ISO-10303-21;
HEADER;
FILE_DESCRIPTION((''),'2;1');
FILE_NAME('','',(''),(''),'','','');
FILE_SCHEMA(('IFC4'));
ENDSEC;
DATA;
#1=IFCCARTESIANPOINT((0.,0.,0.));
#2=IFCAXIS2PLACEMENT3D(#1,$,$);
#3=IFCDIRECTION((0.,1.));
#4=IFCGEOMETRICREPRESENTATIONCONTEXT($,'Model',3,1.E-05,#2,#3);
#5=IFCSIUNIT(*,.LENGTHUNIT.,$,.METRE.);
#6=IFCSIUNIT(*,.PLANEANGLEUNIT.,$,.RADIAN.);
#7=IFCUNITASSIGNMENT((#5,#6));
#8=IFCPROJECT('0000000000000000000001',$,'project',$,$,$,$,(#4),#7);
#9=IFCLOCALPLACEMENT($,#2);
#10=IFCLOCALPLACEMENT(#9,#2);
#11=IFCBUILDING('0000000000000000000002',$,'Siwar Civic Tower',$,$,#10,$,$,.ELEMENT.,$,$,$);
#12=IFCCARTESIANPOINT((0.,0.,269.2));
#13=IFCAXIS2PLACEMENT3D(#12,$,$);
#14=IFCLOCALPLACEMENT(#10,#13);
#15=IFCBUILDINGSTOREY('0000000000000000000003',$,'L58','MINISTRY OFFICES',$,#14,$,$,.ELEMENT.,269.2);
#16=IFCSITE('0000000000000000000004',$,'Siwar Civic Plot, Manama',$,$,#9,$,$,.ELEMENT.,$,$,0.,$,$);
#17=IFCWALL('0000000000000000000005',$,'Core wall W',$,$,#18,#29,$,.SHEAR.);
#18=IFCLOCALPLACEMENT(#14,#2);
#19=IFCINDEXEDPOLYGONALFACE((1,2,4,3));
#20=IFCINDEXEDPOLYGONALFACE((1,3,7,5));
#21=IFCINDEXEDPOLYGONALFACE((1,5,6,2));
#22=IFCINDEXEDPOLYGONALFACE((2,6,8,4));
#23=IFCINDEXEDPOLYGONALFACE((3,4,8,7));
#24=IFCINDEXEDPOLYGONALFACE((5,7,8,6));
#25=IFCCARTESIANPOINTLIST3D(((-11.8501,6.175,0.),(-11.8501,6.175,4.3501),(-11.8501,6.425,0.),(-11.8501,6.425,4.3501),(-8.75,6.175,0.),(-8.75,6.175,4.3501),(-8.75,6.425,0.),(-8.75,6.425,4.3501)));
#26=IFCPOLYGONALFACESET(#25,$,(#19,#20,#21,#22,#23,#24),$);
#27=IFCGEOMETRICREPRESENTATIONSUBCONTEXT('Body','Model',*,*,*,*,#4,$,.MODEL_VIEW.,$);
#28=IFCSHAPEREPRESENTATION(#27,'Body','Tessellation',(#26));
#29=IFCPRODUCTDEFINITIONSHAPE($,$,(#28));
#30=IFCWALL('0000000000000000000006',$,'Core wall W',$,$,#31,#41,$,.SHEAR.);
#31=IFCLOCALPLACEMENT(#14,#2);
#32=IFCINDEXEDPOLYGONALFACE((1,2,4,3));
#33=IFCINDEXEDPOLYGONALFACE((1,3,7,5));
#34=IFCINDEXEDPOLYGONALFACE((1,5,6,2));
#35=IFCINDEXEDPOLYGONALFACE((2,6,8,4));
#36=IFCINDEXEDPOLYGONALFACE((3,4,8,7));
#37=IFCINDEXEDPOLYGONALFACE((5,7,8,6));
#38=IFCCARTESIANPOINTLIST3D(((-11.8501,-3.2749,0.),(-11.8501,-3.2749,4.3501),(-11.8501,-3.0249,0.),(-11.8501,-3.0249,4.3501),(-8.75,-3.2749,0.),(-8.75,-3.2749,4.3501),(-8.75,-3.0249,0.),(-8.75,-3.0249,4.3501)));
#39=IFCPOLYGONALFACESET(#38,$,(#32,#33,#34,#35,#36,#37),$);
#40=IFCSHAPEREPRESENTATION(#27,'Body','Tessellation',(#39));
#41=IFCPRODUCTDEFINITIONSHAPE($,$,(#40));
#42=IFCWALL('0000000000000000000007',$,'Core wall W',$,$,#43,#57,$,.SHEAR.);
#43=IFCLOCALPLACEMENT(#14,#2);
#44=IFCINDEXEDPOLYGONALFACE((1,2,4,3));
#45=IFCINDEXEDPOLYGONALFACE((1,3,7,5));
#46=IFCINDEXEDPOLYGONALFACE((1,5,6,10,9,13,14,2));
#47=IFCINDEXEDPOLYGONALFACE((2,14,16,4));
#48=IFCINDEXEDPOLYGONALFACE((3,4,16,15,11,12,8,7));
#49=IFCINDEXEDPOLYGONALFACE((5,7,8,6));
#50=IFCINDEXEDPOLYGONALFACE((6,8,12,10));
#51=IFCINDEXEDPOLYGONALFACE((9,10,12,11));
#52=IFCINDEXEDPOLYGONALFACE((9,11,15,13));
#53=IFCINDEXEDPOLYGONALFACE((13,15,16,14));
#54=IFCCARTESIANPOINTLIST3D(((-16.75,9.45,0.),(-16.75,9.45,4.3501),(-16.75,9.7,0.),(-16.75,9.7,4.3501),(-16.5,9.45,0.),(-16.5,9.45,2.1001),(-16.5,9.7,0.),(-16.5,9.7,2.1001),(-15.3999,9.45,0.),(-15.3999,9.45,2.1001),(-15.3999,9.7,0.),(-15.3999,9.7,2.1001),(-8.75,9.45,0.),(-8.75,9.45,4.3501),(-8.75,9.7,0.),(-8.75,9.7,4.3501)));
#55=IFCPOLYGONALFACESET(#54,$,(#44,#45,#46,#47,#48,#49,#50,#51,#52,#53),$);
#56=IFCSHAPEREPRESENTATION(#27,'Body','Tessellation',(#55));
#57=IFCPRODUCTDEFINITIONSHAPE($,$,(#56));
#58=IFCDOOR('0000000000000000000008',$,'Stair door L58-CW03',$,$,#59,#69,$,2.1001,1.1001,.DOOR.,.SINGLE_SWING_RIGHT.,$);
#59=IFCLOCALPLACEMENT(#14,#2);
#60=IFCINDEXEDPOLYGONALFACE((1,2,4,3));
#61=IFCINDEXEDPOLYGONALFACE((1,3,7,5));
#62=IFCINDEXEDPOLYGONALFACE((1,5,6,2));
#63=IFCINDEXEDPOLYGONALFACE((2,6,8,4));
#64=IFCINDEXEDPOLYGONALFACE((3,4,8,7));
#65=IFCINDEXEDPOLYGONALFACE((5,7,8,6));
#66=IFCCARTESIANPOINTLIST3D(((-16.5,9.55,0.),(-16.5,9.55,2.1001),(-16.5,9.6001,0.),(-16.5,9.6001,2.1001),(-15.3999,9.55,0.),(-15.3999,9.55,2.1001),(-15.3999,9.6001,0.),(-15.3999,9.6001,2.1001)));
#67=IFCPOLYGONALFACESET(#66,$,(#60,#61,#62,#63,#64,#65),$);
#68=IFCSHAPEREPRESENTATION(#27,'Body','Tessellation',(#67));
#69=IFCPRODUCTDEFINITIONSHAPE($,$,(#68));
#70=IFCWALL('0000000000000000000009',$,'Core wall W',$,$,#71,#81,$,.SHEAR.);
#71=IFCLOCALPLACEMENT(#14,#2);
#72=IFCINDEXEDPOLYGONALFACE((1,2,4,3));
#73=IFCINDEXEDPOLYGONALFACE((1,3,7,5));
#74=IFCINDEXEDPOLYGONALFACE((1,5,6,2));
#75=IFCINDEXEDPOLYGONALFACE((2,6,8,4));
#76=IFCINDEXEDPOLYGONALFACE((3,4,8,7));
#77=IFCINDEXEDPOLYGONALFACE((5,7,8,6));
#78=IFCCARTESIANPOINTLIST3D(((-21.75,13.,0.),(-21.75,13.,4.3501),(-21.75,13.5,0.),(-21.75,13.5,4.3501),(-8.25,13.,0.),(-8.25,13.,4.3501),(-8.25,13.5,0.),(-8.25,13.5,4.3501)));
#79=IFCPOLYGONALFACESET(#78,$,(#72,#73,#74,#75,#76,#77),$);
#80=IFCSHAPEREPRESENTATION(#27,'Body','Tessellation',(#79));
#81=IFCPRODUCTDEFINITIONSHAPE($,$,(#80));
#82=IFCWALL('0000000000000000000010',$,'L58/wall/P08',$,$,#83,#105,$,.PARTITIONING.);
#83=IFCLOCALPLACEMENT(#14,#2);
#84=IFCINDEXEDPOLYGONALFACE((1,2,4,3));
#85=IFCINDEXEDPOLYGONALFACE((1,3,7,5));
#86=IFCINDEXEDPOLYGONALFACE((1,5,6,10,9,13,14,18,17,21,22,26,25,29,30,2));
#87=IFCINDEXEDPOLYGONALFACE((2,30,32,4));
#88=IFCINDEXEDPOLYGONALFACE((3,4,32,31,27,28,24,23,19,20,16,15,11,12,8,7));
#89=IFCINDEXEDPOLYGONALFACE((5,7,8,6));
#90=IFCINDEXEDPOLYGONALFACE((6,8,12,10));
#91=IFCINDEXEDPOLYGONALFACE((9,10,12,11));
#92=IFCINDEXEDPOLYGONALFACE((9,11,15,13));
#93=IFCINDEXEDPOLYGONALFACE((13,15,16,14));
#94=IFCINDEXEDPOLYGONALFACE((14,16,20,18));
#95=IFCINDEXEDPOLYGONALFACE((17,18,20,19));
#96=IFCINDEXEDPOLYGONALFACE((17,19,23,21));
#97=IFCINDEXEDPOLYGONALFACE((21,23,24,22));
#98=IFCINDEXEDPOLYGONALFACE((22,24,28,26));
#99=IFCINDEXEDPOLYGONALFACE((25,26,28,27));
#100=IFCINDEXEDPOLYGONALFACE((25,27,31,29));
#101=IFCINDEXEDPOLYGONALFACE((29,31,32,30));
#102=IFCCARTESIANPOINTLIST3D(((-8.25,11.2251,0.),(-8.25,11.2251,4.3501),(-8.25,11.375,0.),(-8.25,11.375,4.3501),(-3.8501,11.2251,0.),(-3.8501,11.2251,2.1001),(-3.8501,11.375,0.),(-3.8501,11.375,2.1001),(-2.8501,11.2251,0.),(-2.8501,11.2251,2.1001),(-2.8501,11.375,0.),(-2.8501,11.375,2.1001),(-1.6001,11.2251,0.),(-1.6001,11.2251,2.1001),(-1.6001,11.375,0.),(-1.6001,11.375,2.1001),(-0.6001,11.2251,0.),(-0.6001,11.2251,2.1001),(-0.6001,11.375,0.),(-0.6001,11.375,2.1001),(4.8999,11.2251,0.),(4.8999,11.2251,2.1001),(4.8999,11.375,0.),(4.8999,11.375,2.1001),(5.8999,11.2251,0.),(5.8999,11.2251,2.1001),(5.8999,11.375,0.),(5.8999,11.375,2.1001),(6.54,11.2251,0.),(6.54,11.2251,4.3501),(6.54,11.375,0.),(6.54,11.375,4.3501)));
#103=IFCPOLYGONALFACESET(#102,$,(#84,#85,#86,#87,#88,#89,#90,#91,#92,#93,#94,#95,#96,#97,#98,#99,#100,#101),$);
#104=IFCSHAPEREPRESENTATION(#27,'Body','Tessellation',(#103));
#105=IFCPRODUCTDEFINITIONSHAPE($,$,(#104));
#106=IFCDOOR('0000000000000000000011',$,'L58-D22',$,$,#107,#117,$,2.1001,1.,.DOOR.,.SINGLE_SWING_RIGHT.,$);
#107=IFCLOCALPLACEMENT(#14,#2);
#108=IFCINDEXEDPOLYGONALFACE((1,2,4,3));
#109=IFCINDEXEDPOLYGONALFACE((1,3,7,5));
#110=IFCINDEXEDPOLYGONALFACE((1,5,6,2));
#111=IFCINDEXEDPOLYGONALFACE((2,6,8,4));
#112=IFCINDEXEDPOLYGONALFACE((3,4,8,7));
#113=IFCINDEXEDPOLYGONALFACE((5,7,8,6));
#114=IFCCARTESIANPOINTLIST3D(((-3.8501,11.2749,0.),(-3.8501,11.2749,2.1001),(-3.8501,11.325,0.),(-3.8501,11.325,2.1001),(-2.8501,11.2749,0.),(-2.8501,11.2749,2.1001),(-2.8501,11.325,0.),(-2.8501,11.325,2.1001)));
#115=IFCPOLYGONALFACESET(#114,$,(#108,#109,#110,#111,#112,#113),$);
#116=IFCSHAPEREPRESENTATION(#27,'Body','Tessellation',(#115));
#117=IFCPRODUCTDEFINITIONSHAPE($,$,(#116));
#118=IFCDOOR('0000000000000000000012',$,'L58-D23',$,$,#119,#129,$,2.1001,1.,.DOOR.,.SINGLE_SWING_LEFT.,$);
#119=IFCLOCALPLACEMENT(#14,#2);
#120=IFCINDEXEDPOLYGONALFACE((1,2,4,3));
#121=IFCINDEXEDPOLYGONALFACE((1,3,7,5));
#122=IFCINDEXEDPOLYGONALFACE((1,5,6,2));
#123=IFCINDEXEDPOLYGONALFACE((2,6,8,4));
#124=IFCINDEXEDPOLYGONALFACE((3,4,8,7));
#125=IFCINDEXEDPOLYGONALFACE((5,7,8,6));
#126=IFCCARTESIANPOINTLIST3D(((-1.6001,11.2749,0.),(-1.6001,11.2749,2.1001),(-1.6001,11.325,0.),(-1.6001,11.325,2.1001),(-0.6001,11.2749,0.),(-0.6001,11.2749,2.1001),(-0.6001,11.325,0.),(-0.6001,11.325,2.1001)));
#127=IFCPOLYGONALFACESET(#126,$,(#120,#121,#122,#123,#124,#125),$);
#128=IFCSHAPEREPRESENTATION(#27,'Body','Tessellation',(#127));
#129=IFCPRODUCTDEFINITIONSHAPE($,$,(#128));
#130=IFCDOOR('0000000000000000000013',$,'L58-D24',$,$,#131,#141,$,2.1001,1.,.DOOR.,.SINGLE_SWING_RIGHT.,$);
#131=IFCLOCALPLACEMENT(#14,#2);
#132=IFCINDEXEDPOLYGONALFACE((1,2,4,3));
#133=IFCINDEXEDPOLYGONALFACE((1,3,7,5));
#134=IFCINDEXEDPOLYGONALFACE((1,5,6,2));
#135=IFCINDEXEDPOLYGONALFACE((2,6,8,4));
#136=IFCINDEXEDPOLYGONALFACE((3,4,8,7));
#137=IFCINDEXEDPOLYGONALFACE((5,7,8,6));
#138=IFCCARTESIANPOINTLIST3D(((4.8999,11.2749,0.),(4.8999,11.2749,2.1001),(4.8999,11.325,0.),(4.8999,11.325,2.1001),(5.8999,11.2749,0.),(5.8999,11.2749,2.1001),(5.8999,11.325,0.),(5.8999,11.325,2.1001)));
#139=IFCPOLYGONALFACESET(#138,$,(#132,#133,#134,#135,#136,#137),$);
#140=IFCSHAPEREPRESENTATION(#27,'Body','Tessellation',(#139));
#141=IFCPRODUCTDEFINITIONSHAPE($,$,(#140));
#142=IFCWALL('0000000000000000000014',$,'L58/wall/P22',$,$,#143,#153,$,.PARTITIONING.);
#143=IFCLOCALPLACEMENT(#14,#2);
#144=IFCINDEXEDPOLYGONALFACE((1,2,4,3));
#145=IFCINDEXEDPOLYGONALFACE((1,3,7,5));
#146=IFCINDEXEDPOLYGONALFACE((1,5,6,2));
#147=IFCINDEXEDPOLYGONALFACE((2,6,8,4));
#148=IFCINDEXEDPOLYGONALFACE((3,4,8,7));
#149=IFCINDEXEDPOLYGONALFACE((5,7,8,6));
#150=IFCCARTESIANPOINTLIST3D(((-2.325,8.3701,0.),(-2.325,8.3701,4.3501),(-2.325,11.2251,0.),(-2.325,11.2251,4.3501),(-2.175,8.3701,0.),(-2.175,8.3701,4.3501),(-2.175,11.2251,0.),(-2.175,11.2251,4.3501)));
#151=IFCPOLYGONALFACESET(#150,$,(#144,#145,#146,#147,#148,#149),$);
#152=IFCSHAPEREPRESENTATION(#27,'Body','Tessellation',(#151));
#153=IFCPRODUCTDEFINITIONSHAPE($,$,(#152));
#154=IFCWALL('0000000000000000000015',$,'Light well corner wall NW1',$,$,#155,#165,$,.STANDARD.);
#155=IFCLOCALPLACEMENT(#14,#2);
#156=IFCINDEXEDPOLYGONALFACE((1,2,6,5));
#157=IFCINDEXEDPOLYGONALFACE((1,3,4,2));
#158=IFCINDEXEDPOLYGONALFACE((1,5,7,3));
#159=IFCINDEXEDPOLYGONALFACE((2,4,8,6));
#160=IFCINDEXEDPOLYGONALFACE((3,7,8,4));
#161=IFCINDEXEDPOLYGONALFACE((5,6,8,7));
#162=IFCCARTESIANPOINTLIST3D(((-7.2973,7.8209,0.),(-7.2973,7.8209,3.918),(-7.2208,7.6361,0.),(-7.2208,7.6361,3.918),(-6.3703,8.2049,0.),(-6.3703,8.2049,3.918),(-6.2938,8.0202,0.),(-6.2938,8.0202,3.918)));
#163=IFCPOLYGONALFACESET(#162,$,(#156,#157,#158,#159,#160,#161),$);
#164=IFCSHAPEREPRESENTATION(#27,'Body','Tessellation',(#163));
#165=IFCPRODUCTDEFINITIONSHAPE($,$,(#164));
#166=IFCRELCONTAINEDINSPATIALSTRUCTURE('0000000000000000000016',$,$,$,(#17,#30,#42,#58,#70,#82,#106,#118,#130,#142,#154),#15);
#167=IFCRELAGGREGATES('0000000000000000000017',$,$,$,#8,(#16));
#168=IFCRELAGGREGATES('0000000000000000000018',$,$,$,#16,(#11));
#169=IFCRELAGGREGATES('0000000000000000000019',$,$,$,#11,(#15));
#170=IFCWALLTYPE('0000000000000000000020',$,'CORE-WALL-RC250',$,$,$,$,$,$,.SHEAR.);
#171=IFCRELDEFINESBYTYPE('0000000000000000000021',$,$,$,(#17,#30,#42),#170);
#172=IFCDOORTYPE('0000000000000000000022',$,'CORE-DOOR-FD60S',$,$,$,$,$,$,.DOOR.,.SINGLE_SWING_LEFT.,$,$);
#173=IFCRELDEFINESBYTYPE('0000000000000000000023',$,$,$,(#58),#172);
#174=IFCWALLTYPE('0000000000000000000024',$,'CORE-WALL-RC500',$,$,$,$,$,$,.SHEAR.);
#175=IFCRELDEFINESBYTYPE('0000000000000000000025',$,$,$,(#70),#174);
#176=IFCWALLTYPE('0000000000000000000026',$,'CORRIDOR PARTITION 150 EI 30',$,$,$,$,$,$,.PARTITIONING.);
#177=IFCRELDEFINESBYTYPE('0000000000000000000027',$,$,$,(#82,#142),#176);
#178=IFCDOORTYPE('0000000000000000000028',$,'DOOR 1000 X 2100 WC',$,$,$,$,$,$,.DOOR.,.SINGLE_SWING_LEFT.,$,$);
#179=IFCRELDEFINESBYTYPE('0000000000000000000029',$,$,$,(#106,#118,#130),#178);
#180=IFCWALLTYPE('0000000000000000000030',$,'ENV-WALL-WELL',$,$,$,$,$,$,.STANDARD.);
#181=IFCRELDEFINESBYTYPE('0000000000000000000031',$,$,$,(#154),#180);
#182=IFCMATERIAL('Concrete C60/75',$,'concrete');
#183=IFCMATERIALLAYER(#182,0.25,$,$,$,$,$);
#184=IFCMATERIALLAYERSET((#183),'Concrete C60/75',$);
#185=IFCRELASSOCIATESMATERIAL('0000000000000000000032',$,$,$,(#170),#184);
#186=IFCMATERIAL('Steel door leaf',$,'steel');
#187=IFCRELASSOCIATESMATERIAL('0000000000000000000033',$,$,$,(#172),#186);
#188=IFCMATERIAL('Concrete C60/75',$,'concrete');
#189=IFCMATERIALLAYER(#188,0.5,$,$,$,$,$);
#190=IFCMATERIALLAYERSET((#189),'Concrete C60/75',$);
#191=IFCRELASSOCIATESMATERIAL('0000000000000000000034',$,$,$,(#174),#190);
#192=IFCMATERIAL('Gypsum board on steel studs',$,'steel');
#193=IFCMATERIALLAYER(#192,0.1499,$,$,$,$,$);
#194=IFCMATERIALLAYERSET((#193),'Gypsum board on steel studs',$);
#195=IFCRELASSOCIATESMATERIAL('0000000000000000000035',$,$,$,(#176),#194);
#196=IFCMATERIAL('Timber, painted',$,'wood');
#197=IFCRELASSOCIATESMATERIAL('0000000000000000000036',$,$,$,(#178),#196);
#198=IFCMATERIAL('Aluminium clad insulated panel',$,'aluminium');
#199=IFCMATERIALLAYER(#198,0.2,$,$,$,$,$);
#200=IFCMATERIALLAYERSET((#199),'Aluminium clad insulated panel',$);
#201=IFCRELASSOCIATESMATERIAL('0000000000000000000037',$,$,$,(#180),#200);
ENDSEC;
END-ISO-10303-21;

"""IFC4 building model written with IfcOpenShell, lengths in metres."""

from ifc_helpers import new_model, si_unit, direction, frame, frame_2d, origin, place, context, subcontext, project, spatial, rectangle, extrude, material, layer, layer_set, type_object, element, fill, save


model = new_model("IFC4")

# Units and contexts
model_context = context("Model", 3, precision=1e-05, world=origin(), true_north=direction((0.0, 1.0)))
body_context = subcontext(model_context, "Body", "Model", "MODEL_VIEW")
ifc_project = project(units=[si_unit("LENGTHUNIT", "METRE"), si_unit("PLANEANGLEUNIT", "RADIAN")], contexts=[model_context])

# Site, building, storey
site_placement = place(None, origin())
site = spatial("IfcSite", under=ifc_project, at=site_placement, Name="Siwar Civic Plot, Manama", CompositionType="ELEMENT", RefElevation=0.0)
building_placement = place(site_placement, origin())
building = spatial("IfcBuilding", under=site, at=building_placement, Name="Siwar Civic Tower", CompositionType="ELEMENT")
storey_placement = place(building_placement, frame((0.0, 0.0, 269.2)))
storey = spatial("IfcBuildingStorey", under=building, at=storey_placement, Name="L58", Description="MINISTRY OFFICES", CompositionType="ELEMENT", Elevation=269.2)

# Shared definitions
ifc_material_1 = material(Name="Concrete C60/75", Category="concrete")
ifc_layer_1 = layer(ifc_material_1, 0.25)
ifc_layer_set_1 = layer_set([ifc_layer_1], Name="Concrete C60/75")
wall_type_1 = type_object("IfcWallType", Name="CORE-WALL-RC250", PredefinedType="SHEAR", material=ifc_layer_set_1)

# Walls
for number, where, z_axis, x_axis, name in (
    (1, (-8.75, 6.3, 0.0), (0.0, 0.0, 1.0), (-1.0, 0.0, 0.0), "Core wall W"),
    (2, (-8.75, -3.1499, 0.0), (0.0, 0.0, 1.0), (-1.0, 0.0, 0.0), "Core wall W"),
):
    element("IfcWall", number, at=place(storey_placement, frame(where, z_axis=z_axis, x_axis=x_axis)), inside=storey, type_object=wall_type_1, Name=name, PredefinedType="SHEAR", context=body_context, shape_type="SweptSolid", body=[
        extrude(rectangle(XDim=3.1001, YDim=0.25, at=frame_2d((1.55, 0.0))), origin(), (0.0, 0.0, 1.0), 4.3501),
    ])

# Wall, opening, door
wall_1_placement = place(storey_placement, frame((-8.75, 9.575, 0.0), z_axis=(0.0, 0.0, 1.0), x_axis=(-1.0, 0.0, 0.0)))
wall_1 = element("IfcWall", 3, at=wall_1_placement, inside=storey, type_object=wall_type_1, Name="Core wall W", PredefinedType="SHEAR", context=body_context, shape_type="SweptSolid", body=[
    extrude(rectangle(XDim=8.0, YDim=0.25, at=frame_2d((4.0, 0.0))), origin(), (0.0, 0.0, 1.0), 4.3501),
])
opening_1_placement = place(wall_1_placement, frame((6.6499, 0.0, 0.0)))
opening_1 = element("IfcOpeningElement", 4, at=opening_1_placement, cuts=wall_1, PredefinedType="OPENING", context=body_context, shape_type="SweptSolid", body=[
    extrude(rectangle(XDim=1.1001, YDim=2.1001, at=frame_2d((0.55, 1.05))), frame((0.0, 0.135, 0.0), z_axis=(0.0, -1.0, 0.0), x_axis=(1.0, 0.0, 0.0)), (0.0, 0.0, 1.0), 0.27),
])
ifc_material_2 = material(Name="Steel door leaf", Category="steel")
door_type_1 = type_object("IfcDoorType", Name="CORE-DOOR-FD60S", OperationType="SINGLE_SWING_LEFT", PredefinedType="DOOR", material=ifc_material_2)
door_1_placement = place(opening_1_placement, origin())
door_1 = element("IfcDoor", 5, at=door_1_placement, inside=storey, type_object=door_type_1, Name="Stair door L58-CW03", OperationType="SINGLE_SWING_RIGHT", OverallHeight=2.1001, OverallWidth=1.1001, PredefinedType="DOOR", context=body_context, shape_type="SweptSolid", body=[
    extrude(rectangle(XDim=1.1001, YDim=2.1001, at=frame_2d((0.55, 1.05))), frame((0.0, 0.0249, 0.0), z_axis=(0.0, -1.0, 0.0), x_axis=(1.0, 0.0, 0.0)), (0.0, 0.0, 1.0), 0.05),
])
fill(opening_1, door_1)

# Wall
ifc_material_3 = material(Name="Concrete C60/75", Category="concrete")
ifc_layer_2 = layer(ifc_material_3, 0.5)
ifc_layer_set_2 = layer_set([ifc_layer_2], Name="Concrete C60/75")
wall_type_2 = type_object("IfcWallType", Name="CORE-WALL-RC500", PredefinedType="SHEAR", material=ifc_layer_set_2)
wall_2_placement = place(storey_placement, frame((-8.25, 13.25, 0.0), z_axis=(0.0, 0.0, 1.0), x_axis=(-1.0, 0.0, 0.0)))
element("IfcWall", 6, at=wall_2_placement, inside=storey, type_object=wall_type_2, Name="Core wall W", PredefinedType="SHEAR", context=body_context, shape_type="SweptSolid", body=[
    extrude(rectangle(XDim=13.5, YDim=0.5, at=frame_2d((6.75, 0.0))), origin(), (0.0, 0.0, 1.0), 4.3501),
])

# Wall, openings, doors
ifc_material_4 = material(Name="Gypsum board on steel studs", Category="steel")
ifc_layer_3 = layer(ifc_material_4, 0.1499)
ifc_layer_set_3 = layer_set([ifc_layer_3], Name="Gypsum board on steel studs")
wall_type_3 = type_object("IfcWallType", Name="CORRIDOR PARTITION 150 EI 30", PredefinedType="PARTITIONING", material=ifc_layer_set_3)
wall_3_placement = place(storey_placement, frame((-8.25, 11.3, 0.0), z_axis=(0.0, 0.0, 1.0), x_axis=(1.0, 0.0, 0.0)))
wall_3 = element("IfcWall", 7, at=wall_3_placement, inside=storey, type_object=wall_type_3, Name="L58/wall/P08", PredefinedType="PARTITIONING", context=body_context, shape_type="SweptSolid", body=[
    extrude(rectangle(XDim=14.79, YDim=0.1499, at=frame_2d((7.395, 0.0))), origin(), (0.0, 0.0, 1.0), 4.3501),
])
opening_2_placement = place(wall_3_placement, frame((4.3999, 0.0, 0.0)))
opening_2 = element("IfcOpeningElement", 8, at=opening_2_placement, cuts=wall_3, PredefinedType="OPENING", context=body_context, shape_type="SweptSolid", body=[
    extrude(rectangle(XDim=1.0, YDim=2.1001, at=frame_2d((0.5, 1.05))), frame((0.0, 0.085, 0.0), z_axis=(0.0, -1.0, 0.0), x_axis=(1.0, 0.0, 0.0)), (0.0, 0.0, 1.0), 0.1699),
])
opening_3_placement = place(wall_3_placement, frame((6.6499, 0.0, 0.0)))
opening_3 = element("IfcOpeningElement", 9, at=opening_3_placement, cuts=wall_3, PredefinedType="OPENING", context=body_context, shape_type="SweptSolid", body=[
    extrude(rectangle(XDim=1.0, YDim=2.1001, at=frame_2d((0.5, 1.05))), frame((0.0, 0.085, 0.0), z_axis=(0.0, -1.0, 0.0), x_axis=(1.0, 0.0, 0.0)), (0.0, 0.0, 1.0), 0.1699),
])
opening_4_placement = place(wall_3_placement, frame((13.1499, 0.0, 0.0)))
opening_4 = element("IfcOpeningElement", 10, at=opening_4_placement, cuts=wall_3, PredefinedType="OPENING", context=body_context, shape_type="SweptSolid", body=[
    extrude(rectangle(XDim=1.0, YDim=2.1001, at=frame_2d((0.5, 1.05))), frame((0.0, 0.085, 0.0), z_axis=(0.0, -1.0, 0.0), x_axis=(1.0, 0.0, 0.0)), (0.0, 0.0, 1.0), 0.1699),
])
ifc_material_5 = material(Name="Timber, painted", Category="wood")
door_type_2 = type_object("IfcDoorType", Name="DOOR 1000 X 2100 WC", OperationType="SINGLE_SWING_LEFT", PredefinedType="DOOR", material=ifc_material_5)
door_2_placement = place(opening_2_placement, origin())
door_2 = element("IfcDoor", 11, at=door_2_placement, inside=storey, type_object=door_type_2, Name="L58-D22", OperationType="SINGLE_SWING_RIGHT", OverallHeight=2.1001, OverallWidth=1.0, PredefinedType="DOOR", context=body_context, shape_type="SweptSolid", body=[
    extrude(rectangle(XDim=1.0, YDim=2.1001, at=frame_2d((0.5, 1.05))), frame((0.0, 0.0249, 0.0), z_axis=(0.0, -1.0, 0.0), x_axis=(1.0, 0.0, 0.0)), (0.0, 0.0, 1.0), 0.05),
])
fill(opening_2, door_2)
door_3_placement = place(opening_3_placement, origin())
door_3 = element("IfcDoor", 12, at=door_3_placement, inside=storey, type_object=door_type_2, Name="L58-D23", OperationType="SINGLE_SWING_LEFT", OverallHeight=2.1001, OverallWidth=1.0, PredefinedType="DOOR", context=body_context, shape_type="SweptSolid", body=[
    extrude(rectangle(XDim=1.0, YDim=2.1001, at=frame_2d((0.5, 1.05))), frame((0.0, 0.0249, 0.0), z_axis=(0.0, -1.0, 0.0), x_axis=(1.0, 0.0, 0.0)), (0.0, 0.0, 1.0), 0.05),
])
fill(opening_3, door_3)
door_4_placement = place(opening_4_placement, origin())
door_4 = element("IfcDoor", 13, at=door_4_placement, inside=storey, type_object=door_type_2, Name="L58-D24", OperationType="SINGLE_SWING_RIGHT", OverallHeight=2.1001, OverallWidth=1.0, PredefinedType="DOOR", context=body_context, shape_type="SweptSolid", body=[
    extrude(rectangle(XDim=1.0, YDim=2.1001, at=frame_2d((0.5, 1.05))), frame((0.0, 0.0249, 0.0), z_axis=(0.0, -1.0, 0.0), x_axis=(1.0, 0.0, 0.0)), (0.0, 0.0, 1.0), 0.05),
])
fill(opening_4, door_4)

# Walls
wall_4_placement = place(storey_placement, frame((-2.25, 8.3701, 0.0), z_axis=(0.0, 0.0, 1.0), x_axis=(0.0, 1.0, 0.0)))
element("IfcWall", 14, at=wall_4_placement, inside=storey, type_object=wall_type_3, Name="L58/wall/P22", PredefinedType="PARTITIONING", context=body_context, shape_type="SweptSolid", body=[
    extrude(rectangle(XDim=2.855, YDim=0.1499, at=frame_2d((1.4275, 0.0))), origin(), (0.0, 0.0, 1.0), 4.3501),
])
ifc_material_6 = material(Name="Aluminium clad insulated panel", Category="aluminium")
ifc_layer_4 = layer(ifc_material_6, 0.2)
ifc_layer_set_4 = layer_set([ifc_layer_4], Name="Aluminium clad insulated panel")
wall_type_4 = type_object("IfcWallType", Name="ENV-WALL-WELL", PredefinedType="STANDARD", material=ifc_layer_set_4)
wall_5_placement = place(storey_placement, frame((-6.332, 8.1125, 0.0), z_axis=(0.0, 0.0, 1.0), x_axis=(-0.92386, -0.382731, 0.0)))
element("IfcWall", 15, at=wall_5_placement, inside=storey, type_object=wall_type_4, Name="Light well corner wall NW1", PredefinedType="STANDARD", context=body_context, shape_type="SweptSolid", body=[
    extrude(rectangle(XDim=1.0034, YDim=0.2, at=frame_2d((0.5017, 0.0))), origin(), (0.0, 0.0, 1.0), 3.918),
])

save(model, "model.ifc")
